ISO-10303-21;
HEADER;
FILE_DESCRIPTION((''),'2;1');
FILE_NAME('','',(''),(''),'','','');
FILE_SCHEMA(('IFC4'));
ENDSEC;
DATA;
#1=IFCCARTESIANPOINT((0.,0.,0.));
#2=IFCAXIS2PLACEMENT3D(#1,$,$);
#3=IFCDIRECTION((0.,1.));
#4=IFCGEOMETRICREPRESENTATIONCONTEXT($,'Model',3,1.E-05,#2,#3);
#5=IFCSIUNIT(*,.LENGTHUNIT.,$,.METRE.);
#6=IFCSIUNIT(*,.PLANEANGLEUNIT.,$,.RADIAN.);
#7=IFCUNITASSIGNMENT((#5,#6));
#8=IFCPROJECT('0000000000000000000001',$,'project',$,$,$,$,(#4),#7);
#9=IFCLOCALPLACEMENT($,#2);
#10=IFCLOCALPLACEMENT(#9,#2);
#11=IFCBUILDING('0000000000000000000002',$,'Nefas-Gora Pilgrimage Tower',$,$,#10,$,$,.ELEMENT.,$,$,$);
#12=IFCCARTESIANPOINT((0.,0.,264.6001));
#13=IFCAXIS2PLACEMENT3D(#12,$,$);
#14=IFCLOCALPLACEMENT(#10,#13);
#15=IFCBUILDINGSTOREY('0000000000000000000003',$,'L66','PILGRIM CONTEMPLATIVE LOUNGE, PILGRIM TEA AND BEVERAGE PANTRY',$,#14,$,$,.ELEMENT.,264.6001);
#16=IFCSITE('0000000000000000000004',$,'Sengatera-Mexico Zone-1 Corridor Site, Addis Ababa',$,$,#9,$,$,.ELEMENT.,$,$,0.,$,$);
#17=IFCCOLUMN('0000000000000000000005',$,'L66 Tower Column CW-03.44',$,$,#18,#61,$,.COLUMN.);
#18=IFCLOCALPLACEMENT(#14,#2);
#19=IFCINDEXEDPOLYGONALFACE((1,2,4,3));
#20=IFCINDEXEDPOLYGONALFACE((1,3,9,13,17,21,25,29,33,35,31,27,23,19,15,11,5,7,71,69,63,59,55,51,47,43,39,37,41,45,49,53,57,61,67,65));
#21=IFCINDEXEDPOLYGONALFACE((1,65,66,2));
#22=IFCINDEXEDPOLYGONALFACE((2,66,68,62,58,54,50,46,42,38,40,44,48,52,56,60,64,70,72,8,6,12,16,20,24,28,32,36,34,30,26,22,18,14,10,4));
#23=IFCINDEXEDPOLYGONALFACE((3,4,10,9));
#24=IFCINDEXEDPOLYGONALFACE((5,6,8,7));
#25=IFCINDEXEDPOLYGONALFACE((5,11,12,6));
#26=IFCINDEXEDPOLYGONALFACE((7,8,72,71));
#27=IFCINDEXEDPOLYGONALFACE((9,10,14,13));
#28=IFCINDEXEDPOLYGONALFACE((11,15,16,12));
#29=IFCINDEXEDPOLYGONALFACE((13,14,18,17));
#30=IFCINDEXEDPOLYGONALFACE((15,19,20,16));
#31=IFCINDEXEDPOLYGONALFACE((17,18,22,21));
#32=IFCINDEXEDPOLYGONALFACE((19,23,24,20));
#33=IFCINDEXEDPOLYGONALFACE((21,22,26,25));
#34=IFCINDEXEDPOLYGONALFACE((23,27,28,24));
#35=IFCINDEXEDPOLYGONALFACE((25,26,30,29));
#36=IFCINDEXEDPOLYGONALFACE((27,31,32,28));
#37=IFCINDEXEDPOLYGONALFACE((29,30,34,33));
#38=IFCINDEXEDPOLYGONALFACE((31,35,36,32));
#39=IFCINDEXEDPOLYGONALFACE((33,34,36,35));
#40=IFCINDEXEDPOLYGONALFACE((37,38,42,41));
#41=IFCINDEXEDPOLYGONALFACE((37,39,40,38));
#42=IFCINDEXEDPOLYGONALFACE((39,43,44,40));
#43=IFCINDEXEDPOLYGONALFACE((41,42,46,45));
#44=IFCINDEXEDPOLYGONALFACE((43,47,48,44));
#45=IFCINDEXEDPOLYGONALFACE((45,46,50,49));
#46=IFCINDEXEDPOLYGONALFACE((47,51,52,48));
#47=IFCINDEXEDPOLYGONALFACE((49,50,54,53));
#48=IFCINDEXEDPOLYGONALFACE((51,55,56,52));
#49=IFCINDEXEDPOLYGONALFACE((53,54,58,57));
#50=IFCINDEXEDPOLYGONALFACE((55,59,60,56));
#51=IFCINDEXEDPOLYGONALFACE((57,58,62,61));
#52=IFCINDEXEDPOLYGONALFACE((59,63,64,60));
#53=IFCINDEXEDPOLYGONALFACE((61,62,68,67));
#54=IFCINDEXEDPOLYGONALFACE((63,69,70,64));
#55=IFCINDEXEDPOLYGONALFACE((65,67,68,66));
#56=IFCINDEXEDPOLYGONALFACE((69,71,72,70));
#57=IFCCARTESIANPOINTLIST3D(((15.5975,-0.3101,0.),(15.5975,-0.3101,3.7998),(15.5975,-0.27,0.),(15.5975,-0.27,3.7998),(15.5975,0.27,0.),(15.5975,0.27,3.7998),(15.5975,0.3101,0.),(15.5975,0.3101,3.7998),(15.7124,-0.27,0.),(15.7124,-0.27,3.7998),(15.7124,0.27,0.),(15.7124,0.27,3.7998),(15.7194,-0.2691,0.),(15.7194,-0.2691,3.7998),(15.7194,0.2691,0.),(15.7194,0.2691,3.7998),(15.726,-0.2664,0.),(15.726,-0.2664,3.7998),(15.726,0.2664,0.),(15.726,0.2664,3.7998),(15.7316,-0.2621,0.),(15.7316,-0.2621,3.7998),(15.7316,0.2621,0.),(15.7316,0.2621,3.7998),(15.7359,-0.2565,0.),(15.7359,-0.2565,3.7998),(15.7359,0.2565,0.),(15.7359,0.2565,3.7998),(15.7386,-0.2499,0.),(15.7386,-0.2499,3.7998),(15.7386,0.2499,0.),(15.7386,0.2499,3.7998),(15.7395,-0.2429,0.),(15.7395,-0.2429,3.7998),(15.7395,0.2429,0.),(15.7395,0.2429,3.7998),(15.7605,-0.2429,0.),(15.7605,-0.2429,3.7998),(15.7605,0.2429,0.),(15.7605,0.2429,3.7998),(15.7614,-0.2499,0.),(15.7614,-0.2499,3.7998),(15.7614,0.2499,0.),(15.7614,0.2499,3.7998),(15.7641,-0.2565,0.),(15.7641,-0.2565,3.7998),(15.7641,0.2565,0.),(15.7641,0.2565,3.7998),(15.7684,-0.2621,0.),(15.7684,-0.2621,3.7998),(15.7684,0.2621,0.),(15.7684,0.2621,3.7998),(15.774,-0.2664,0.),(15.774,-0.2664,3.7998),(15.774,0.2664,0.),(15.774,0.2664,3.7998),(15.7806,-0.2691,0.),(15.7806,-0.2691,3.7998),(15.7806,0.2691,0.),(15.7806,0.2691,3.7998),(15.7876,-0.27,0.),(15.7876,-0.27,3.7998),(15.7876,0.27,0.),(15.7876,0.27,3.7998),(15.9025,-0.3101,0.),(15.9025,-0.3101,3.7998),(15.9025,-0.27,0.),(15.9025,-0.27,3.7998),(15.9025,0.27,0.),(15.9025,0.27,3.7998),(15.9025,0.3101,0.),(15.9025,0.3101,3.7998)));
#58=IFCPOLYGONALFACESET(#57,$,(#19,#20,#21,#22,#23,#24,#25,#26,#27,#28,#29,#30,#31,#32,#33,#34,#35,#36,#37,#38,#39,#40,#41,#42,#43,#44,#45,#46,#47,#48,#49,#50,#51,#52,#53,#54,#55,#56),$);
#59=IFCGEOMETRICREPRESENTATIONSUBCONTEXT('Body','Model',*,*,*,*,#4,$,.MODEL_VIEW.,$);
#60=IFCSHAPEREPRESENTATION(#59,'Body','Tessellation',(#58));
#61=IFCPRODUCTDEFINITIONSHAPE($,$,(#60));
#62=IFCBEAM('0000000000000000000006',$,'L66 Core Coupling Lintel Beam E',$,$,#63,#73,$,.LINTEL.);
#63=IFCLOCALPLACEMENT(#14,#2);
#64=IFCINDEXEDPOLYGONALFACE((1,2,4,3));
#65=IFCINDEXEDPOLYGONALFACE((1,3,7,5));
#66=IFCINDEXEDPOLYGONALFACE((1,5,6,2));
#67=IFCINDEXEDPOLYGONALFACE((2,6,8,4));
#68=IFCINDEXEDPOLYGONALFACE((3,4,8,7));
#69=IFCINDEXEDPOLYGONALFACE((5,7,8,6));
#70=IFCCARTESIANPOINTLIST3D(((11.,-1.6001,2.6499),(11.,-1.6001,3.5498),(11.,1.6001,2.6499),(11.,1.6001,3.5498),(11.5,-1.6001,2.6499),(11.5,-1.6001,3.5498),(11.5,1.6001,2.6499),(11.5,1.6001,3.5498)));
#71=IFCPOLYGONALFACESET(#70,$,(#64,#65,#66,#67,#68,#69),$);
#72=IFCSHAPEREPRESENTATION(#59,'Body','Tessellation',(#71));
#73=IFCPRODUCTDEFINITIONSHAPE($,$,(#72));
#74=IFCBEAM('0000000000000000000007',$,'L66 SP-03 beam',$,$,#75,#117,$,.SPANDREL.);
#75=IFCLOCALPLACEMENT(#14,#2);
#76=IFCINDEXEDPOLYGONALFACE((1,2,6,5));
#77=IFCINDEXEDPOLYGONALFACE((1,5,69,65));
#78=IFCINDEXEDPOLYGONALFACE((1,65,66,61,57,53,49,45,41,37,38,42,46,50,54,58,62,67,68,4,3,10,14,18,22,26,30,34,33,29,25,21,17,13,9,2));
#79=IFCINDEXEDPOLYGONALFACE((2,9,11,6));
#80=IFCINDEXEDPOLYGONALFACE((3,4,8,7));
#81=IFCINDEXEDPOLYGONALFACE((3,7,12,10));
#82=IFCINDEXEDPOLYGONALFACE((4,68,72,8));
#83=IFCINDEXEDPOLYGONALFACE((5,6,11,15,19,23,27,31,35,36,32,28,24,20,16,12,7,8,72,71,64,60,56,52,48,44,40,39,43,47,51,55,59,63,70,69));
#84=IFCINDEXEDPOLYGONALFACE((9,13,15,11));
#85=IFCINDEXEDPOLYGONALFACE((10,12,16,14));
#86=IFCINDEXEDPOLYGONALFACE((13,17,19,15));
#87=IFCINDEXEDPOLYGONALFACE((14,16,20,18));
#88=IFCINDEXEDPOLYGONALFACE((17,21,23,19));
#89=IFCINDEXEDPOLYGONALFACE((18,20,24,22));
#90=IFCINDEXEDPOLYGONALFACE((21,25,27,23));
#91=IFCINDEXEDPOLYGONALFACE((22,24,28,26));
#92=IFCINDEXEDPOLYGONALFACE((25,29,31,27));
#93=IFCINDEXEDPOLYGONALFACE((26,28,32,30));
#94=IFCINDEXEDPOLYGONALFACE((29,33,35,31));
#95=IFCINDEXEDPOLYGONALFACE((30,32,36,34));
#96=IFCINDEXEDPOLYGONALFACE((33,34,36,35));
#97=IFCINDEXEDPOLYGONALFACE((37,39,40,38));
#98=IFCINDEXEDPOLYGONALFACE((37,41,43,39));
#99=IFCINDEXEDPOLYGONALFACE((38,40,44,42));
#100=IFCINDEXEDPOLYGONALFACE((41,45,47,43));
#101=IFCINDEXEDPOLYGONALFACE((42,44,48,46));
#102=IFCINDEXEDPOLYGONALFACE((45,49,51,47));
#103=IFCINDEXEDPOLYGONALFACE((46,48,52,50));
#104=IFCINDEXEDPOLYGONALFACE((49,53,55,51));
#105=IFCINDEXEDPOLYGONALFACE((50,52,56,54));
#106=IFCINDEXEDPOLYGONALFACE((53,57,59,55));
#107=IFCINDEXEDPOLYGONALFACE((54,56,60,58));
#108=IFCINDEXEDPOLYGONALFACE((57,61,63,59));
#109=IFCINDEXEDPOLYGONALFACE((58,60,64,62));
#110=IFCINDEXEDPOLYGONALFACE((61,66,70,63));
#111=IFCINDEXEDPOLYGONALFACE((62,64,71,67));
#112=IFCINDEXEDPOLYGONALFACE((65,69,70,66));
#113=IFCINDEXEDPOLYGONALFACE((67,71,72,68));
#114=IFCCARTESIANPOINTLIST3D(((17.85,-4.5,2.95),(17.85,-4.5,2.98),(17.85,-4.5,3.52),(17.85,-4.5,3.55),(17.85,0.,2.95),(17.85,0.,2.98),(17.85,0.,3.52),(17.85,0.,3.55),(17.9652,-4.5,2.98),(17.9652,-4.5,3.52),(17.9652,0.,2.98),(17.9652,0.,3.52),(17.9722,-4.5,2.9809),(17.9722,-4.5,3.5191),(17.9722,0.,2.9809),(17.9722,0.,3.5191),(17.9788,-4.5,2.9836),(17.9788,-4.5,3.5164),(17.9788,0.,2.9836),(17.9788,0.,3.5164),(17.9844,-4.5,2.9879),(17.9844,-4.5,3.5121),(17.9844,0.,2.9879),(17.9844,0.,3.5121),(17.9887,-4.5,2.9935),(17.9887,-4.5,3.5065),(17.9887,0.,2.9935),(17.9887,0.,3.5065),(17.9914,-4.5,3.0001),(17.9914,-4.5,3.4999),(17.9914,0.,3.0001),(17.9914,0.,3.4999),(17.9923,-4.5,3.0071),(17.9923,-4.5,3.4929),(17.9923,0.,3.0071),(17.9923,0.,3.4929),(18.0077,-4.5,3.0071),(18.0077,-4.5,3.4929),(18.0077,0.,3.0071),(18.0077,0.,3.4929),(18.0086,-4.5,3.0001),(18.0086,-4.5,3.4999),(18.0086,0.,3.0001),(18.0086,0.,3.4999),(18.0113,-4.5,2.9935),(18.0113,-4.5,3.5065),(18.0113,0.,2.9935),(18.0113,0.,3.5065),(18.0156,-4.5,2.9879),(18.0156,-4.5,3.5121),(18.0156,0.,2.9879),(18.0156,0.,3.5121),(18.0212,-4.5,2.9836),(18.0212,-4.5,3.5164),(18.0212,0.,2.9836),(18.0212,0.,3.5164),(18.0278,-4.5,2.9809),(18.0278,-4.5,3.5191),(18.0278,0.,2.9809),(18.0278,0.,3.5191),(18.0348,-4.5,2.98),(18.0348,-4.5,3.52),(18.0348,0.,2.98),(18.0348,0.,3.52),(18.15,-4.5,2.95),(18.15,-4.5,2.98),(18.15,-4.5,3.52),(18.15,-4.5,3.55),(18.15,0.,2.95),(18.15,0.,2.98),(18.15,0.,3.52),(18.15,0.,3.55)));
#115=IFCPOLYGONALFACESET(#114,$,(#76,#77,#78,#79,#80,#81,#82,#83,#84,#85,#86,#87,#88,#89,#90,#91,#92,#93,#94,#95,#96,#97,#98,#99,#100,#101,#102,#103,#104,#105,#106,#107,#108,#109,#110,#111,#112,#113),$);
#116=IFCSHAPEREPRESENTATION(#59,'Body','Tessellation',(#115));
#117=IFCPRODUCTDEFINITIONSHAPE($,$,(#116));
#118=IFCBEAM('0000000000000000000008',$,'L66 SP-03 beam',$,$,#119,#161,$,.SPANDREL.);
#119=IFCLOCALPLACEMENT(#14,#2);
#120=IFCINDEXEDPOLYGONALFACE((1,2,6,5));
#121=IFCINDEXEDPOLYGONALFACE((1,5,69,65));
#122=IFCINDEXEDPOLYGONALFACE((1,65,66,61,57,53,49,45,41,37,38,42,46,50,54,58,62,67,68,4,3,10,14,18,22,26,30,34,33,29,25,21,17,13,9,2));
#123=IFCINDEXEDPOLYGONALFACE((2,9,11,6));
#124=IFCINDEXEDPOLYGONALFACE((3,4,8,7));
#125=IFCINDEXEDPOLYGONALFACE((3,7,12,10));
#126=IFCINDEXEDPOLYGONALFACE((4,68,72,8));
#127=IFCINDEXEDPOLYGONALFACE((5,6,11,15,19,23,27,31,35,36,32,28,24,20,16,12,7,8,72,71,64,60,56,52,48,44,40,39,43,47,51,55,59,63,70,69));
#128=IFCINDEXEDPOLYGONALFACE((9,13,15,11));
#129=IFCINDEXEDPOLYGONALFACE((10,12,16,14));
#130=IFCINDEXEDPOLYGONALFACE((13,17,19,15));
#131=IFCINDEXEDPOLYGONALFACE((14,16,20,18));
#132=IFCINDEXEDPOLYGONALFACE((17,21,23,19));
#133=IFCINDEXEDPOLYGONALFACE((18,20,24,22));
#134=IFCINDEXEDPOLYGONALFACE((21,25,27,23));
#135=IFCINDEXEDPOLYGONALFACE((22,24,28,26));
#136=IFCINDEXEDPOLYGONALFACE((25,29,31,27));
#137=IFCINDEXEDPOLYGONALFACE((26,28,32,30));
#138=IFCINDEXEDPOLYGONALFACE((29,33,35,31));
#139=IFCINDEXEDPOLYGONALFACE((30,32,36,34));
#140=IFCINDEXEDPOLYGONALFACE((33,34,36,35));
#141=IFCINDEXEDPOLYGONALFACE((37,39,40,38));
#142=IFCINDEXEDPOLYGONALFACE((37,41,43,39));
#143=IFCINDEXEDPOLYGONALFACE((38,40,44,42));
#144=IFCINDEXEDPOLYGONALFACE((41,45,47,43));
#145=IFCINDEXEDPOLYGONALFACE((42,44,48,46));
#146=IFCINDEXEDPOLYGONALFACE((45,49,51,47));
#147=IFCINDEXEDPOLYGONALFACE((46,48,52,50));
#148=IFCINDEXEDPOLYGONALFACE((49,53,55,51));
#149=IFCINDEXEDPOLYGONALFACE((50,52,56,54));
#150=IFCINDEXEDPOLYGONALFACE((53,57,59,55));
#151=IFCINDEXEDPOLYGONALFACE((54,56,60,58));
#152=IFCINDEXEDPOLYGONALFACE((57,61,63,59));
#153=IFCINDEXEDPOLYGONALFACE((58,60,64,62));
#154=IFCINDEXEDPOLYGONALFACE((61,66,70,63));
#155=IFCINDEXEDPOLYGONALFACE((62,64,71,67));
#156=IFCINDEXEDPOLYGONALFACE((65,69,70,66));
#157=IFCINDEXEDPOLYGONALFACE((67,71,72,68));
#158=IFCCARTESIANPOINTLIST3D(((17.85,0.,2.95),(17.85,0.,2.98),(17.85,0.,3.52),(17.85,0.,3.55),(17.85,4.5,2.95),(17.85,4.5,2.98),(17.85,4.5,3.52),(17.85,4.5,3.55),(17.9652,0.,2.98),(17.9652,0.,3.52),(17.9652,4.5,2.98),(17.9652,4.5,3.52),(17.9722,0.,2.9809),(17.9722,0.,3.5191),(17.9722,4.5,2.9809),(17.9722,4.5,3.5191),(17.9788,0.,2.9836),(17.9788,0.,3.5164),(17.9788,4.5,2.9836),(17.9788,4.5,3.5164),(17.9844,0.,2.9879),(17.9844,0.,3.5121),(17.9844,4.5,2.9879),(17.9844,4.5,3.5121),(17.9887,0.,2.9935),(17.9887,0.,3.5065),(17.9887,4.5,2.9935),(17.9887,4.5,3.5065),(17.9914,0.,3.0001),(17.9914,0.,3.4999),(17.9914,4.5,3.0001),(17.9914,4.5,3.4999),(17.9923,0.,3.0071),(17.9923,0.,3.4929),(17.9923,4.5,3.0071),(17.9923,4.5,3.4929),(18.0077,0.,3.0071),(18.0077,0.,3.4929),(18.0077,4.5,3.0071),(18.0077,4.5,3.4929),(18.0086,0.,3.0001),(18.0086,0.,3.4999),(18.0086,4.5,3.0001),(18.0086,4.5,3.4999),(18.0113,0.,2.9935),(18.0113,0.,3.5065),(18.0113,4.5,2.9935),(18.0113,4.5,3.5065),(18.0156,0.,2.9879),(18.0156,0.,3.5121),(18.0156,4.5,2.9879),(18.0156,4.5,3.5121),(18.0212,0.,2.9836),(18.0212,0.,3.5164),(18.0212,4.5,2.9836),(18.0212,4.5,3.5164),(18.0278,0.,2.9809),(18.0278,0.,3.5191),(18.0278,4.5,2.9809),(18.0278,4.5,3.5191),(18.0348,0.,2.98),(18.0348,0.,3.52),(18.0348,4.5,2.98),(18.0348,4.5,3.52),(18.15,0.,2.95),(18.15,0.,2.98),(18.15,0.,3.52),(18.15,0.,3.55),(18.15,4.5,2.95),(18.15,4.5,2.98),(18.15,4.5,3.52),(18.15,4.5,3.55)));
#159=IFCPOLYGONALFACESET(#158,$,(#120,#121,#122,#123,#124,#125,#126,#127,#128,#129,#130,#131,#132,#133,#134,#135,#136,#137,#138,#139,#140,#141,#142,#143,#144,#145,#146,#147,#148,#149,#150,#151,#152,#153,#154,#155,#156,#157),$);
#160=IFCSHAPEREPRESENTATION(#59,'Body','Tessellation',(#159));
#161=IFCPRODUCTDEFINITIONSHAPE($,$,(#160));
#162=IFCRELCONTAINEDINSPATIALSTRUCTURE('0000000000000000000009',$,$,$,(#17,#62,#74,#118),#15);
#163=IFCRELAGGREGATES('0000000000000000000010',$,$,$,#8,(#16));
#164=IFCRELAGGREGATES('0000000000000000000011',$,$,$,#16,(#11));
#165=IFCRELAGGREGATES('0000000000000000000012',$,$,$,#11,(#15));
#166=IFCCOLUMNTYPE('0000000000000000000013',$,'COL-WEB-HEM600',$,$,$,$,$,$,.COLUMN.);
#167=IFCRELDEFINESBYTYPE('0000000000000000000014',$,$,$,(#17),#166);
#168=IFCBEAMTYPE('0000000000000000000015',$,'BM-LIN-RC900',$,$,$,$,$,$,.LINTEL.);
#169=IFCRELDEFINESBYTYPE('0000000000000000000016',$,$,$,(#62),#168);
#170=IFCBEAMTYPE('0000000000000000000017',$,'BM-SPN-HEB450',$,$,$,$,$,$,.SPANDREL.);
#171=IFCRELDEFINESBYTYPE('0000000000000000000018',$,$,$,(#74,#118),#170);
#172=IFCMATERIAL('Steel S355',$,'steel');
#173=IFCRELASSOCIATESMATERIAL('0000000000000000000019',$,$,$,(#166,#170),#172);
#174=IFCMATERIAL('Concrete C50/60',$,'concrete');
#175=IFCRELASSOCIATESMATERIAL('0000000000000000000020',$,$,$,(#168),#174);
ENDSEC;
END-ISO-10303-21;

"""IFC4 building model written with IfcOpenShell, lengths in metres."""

from ifc_helpers import new_model, si_unit, direction, frame, origin, origin_2d, place, context, subcontext, project, spatial, rectangle, i_section, extrude, source, transform, mapped, material, material_profile, profile_set, type_object, element, save


model = new_model("IFC4")

# Units and contexts
model_context = context("Model", 3, precision=1e-05, world=origin(), true_north=direction((0.0, 1.0)))
body_context = subcontext(model_context, "Body", "Model", "MODEL_VIEW")
ifc_project = project(units=[si_unit("LENGTHUNIT", "METRE"), si_unit("PLANEANGLEUNIT", "RADIAN")], contexts=[model_context])

# Site, building, storey
site_placement = place(None, origin())
site = spatial("IfcSite", under=ifc_project, at=site_placement, Name="Sengatera-Mexico Zone-1 Corridor Site, Addis Ababa", CompositionType="ELEMENT", RefElevation=0.0)
building_placement = place(site_placement, origin())
building = spatial("IfcBuilding", under=site, at=building_placement, Name="Nefas-Gora Pilgrimage Tower", CompositionType="ELEMENT")
storey_placement = place(building_placement, frame((0.0, 0.0, 264.6001)))
storey = spatial("IfcBuildingStorey", under=building, at=storey_placement, Name="L66", Description="PILGRIM CONTEMPLATIVE LOUNGE, PILGRIM TEA AND BEVERAGE PANTRY", CompositionType="ELEMENT", Elevation=264.6001)

# Column
ifc_material_1 = material(Name="Steel S355", Category="steel")
ifc_material_profile_1 = material_profile(ifc_material_1, i_section(OverallWidth=0.3049, OverallDepth=0.6201, WebThickness=0.021, FlangeThickness=0.04, FilletRadius=0.0271, at=origin_2d()), Name="HEM 600")
ifc_profile_set_1 = profile_set([ifc_material_profile_1], Name="Steel S355")
column_type_1 = type_object("IfcColumnType", Name="COL-WEB-HEM600", PredefinedType="COLUMN", material=ifc_profile_set_1)
shared_shape_1 = source(origin(), body_context, "Body", "SweptSolid", [
    extrude(i_section(OverallWidth=0.3049, OverallDepth=0.6201, WebThickness=0.021, FlangeThickness=0.04, FilletRadius=0.0271, at=origin_2d()), origin(), (0.0, 0.0, 1.0), 3.7998),
])
for number, where, z_axis, x_axis, name in (
    (1, (15.75, 0.0, 0.0), (0.0, 0.0, 1.0), (1.0, 0.0, 0.0), "L66 Tower Column CW-03.44"),
):
    element("IfcColumn", number, at=place(storey_placement, frame(where, z_axis=z_axis, x_axis=x_axis)), inside=storey, type_object=column_type_1, Name=name, PredefinedType="COLUMN", context=body_context, shape_type="MappedRepresentation", body=[
        mapped(shared_shape_1, transform((0.0, 0.0, 0.0), x_axis=(1.0, 0.0, 0.0), y_axis=(0.0, 1.0, 0.0), z_axis=(0.0, 0.0, 1.0), scale=1.0)),
    ])

# Beams
ifc_material_2 = material(Name="Concrete C50/60", Category="concrete")
ifc_material_profile_2 = material_profile(ifc_material_2, rectangle(XDim=0.5, YDim=0.8999, at=origin_2d()), Name="RC 500x900")
ifc_profile_set_2 = profile_set([ifc_material_profile_2], Name="Concrete C50/60")
beam_type_1 = type_object("IfcBeamType", Name="BM-LIN-RC900", PredefinedType="LINTEL", material=ifc_profile_set_2)
shared_shape_2 = source(origin(), body_context, "Body", "SweptSolid", [
    extrude(rectangle(XDim=0.5, YDim=0.8999, at=origin_2d()), origin(), (0.0, 0.0, 1.0), 3.2002),
])
beam_placement = place(storey_placement, frame((11.25, -1.6001, 3.0999), z_axis=(0.0, 1.0, 0.0), x_axis=(-1.0, 0.0, 0.0)))
element("IfcBeam", 2, at=beam_placement, inside=storey, type_object=beam_type_1, Name="L66 Core Coupling Lintel Beam E", PredefinedType="LINTEL", context=body_context, shape_type="MappedRepresentation", body=[
    mapped(shared_shape_2, transform((0.0, 0.0, 0.0), x_axis=(1.0, 0.0, 0.0), y_axis=(0.0, 1.0, 0.0), z_axis=(0.0, 0.0, 1.0), scale=1.0)),
])
ifc_material_profile_3 = material_profile(ifc_material_1, i_section(OverallWidth=0.3, OverallDepth=0.6001, WebThickness=0.0154, FlangeThickness=0.03, FilletRadius=0.0271, at=origin_2d()), Name="HEB 600")
ifc_profile_set_3 = profile_set([ifc_material_profile_3], Name="Steel S355")
beam_type_2 = type_object("IfcBeamType", Name="BM-SPN-HEB450", PredefinedType="SPANDREL", material=ifc_profile_set_3)
shared_shape_3 = source(origin(), body_context, "Body", "SweptSolid", [
    extrude(i_section(OverallWidth=0.3, OverallDepth=0.6001, WebThickness=0.0154, FlangeThickness=0.03, FilletRadius=0.0271, at=origin_2d()), origin(), (0.0, 0.0, 1.0), 4.5),
])
for number, where, z_axis, x_axis, name in (
    (3, (18.0, -4.5, 3.25), (0.0, 1.0, 0.0), (-1.0, 0.0, 0.0), "L66 SP-03 beam"),
    (4, (18.0, 0.0, 3.25), (0.0, 1.0, 0.0), (-1.0, 0.0, 0.0), "L66 SP-03 beam"),
):
    element("IfcBeam", number, at=place(storey_placement, frame(where, z_axis=z_axis, x_axis=x_axis)), inside=storey, type_object=beam_type_2, Name=name, PredefinedType="SPANDREL", context=body_context, shape_type="MappedRepresentation", body=[
        mapped(shared_shape_3, transform((0.0, 0.0, 0.0), x_axis=(1.0, 0.0, 0.0), y_axis=(0.0, 1.0, 0.0), z_axis=(0.0, 0.0, 1.0), scale=1.0)),
    ])

save(model, "model.ifc")
